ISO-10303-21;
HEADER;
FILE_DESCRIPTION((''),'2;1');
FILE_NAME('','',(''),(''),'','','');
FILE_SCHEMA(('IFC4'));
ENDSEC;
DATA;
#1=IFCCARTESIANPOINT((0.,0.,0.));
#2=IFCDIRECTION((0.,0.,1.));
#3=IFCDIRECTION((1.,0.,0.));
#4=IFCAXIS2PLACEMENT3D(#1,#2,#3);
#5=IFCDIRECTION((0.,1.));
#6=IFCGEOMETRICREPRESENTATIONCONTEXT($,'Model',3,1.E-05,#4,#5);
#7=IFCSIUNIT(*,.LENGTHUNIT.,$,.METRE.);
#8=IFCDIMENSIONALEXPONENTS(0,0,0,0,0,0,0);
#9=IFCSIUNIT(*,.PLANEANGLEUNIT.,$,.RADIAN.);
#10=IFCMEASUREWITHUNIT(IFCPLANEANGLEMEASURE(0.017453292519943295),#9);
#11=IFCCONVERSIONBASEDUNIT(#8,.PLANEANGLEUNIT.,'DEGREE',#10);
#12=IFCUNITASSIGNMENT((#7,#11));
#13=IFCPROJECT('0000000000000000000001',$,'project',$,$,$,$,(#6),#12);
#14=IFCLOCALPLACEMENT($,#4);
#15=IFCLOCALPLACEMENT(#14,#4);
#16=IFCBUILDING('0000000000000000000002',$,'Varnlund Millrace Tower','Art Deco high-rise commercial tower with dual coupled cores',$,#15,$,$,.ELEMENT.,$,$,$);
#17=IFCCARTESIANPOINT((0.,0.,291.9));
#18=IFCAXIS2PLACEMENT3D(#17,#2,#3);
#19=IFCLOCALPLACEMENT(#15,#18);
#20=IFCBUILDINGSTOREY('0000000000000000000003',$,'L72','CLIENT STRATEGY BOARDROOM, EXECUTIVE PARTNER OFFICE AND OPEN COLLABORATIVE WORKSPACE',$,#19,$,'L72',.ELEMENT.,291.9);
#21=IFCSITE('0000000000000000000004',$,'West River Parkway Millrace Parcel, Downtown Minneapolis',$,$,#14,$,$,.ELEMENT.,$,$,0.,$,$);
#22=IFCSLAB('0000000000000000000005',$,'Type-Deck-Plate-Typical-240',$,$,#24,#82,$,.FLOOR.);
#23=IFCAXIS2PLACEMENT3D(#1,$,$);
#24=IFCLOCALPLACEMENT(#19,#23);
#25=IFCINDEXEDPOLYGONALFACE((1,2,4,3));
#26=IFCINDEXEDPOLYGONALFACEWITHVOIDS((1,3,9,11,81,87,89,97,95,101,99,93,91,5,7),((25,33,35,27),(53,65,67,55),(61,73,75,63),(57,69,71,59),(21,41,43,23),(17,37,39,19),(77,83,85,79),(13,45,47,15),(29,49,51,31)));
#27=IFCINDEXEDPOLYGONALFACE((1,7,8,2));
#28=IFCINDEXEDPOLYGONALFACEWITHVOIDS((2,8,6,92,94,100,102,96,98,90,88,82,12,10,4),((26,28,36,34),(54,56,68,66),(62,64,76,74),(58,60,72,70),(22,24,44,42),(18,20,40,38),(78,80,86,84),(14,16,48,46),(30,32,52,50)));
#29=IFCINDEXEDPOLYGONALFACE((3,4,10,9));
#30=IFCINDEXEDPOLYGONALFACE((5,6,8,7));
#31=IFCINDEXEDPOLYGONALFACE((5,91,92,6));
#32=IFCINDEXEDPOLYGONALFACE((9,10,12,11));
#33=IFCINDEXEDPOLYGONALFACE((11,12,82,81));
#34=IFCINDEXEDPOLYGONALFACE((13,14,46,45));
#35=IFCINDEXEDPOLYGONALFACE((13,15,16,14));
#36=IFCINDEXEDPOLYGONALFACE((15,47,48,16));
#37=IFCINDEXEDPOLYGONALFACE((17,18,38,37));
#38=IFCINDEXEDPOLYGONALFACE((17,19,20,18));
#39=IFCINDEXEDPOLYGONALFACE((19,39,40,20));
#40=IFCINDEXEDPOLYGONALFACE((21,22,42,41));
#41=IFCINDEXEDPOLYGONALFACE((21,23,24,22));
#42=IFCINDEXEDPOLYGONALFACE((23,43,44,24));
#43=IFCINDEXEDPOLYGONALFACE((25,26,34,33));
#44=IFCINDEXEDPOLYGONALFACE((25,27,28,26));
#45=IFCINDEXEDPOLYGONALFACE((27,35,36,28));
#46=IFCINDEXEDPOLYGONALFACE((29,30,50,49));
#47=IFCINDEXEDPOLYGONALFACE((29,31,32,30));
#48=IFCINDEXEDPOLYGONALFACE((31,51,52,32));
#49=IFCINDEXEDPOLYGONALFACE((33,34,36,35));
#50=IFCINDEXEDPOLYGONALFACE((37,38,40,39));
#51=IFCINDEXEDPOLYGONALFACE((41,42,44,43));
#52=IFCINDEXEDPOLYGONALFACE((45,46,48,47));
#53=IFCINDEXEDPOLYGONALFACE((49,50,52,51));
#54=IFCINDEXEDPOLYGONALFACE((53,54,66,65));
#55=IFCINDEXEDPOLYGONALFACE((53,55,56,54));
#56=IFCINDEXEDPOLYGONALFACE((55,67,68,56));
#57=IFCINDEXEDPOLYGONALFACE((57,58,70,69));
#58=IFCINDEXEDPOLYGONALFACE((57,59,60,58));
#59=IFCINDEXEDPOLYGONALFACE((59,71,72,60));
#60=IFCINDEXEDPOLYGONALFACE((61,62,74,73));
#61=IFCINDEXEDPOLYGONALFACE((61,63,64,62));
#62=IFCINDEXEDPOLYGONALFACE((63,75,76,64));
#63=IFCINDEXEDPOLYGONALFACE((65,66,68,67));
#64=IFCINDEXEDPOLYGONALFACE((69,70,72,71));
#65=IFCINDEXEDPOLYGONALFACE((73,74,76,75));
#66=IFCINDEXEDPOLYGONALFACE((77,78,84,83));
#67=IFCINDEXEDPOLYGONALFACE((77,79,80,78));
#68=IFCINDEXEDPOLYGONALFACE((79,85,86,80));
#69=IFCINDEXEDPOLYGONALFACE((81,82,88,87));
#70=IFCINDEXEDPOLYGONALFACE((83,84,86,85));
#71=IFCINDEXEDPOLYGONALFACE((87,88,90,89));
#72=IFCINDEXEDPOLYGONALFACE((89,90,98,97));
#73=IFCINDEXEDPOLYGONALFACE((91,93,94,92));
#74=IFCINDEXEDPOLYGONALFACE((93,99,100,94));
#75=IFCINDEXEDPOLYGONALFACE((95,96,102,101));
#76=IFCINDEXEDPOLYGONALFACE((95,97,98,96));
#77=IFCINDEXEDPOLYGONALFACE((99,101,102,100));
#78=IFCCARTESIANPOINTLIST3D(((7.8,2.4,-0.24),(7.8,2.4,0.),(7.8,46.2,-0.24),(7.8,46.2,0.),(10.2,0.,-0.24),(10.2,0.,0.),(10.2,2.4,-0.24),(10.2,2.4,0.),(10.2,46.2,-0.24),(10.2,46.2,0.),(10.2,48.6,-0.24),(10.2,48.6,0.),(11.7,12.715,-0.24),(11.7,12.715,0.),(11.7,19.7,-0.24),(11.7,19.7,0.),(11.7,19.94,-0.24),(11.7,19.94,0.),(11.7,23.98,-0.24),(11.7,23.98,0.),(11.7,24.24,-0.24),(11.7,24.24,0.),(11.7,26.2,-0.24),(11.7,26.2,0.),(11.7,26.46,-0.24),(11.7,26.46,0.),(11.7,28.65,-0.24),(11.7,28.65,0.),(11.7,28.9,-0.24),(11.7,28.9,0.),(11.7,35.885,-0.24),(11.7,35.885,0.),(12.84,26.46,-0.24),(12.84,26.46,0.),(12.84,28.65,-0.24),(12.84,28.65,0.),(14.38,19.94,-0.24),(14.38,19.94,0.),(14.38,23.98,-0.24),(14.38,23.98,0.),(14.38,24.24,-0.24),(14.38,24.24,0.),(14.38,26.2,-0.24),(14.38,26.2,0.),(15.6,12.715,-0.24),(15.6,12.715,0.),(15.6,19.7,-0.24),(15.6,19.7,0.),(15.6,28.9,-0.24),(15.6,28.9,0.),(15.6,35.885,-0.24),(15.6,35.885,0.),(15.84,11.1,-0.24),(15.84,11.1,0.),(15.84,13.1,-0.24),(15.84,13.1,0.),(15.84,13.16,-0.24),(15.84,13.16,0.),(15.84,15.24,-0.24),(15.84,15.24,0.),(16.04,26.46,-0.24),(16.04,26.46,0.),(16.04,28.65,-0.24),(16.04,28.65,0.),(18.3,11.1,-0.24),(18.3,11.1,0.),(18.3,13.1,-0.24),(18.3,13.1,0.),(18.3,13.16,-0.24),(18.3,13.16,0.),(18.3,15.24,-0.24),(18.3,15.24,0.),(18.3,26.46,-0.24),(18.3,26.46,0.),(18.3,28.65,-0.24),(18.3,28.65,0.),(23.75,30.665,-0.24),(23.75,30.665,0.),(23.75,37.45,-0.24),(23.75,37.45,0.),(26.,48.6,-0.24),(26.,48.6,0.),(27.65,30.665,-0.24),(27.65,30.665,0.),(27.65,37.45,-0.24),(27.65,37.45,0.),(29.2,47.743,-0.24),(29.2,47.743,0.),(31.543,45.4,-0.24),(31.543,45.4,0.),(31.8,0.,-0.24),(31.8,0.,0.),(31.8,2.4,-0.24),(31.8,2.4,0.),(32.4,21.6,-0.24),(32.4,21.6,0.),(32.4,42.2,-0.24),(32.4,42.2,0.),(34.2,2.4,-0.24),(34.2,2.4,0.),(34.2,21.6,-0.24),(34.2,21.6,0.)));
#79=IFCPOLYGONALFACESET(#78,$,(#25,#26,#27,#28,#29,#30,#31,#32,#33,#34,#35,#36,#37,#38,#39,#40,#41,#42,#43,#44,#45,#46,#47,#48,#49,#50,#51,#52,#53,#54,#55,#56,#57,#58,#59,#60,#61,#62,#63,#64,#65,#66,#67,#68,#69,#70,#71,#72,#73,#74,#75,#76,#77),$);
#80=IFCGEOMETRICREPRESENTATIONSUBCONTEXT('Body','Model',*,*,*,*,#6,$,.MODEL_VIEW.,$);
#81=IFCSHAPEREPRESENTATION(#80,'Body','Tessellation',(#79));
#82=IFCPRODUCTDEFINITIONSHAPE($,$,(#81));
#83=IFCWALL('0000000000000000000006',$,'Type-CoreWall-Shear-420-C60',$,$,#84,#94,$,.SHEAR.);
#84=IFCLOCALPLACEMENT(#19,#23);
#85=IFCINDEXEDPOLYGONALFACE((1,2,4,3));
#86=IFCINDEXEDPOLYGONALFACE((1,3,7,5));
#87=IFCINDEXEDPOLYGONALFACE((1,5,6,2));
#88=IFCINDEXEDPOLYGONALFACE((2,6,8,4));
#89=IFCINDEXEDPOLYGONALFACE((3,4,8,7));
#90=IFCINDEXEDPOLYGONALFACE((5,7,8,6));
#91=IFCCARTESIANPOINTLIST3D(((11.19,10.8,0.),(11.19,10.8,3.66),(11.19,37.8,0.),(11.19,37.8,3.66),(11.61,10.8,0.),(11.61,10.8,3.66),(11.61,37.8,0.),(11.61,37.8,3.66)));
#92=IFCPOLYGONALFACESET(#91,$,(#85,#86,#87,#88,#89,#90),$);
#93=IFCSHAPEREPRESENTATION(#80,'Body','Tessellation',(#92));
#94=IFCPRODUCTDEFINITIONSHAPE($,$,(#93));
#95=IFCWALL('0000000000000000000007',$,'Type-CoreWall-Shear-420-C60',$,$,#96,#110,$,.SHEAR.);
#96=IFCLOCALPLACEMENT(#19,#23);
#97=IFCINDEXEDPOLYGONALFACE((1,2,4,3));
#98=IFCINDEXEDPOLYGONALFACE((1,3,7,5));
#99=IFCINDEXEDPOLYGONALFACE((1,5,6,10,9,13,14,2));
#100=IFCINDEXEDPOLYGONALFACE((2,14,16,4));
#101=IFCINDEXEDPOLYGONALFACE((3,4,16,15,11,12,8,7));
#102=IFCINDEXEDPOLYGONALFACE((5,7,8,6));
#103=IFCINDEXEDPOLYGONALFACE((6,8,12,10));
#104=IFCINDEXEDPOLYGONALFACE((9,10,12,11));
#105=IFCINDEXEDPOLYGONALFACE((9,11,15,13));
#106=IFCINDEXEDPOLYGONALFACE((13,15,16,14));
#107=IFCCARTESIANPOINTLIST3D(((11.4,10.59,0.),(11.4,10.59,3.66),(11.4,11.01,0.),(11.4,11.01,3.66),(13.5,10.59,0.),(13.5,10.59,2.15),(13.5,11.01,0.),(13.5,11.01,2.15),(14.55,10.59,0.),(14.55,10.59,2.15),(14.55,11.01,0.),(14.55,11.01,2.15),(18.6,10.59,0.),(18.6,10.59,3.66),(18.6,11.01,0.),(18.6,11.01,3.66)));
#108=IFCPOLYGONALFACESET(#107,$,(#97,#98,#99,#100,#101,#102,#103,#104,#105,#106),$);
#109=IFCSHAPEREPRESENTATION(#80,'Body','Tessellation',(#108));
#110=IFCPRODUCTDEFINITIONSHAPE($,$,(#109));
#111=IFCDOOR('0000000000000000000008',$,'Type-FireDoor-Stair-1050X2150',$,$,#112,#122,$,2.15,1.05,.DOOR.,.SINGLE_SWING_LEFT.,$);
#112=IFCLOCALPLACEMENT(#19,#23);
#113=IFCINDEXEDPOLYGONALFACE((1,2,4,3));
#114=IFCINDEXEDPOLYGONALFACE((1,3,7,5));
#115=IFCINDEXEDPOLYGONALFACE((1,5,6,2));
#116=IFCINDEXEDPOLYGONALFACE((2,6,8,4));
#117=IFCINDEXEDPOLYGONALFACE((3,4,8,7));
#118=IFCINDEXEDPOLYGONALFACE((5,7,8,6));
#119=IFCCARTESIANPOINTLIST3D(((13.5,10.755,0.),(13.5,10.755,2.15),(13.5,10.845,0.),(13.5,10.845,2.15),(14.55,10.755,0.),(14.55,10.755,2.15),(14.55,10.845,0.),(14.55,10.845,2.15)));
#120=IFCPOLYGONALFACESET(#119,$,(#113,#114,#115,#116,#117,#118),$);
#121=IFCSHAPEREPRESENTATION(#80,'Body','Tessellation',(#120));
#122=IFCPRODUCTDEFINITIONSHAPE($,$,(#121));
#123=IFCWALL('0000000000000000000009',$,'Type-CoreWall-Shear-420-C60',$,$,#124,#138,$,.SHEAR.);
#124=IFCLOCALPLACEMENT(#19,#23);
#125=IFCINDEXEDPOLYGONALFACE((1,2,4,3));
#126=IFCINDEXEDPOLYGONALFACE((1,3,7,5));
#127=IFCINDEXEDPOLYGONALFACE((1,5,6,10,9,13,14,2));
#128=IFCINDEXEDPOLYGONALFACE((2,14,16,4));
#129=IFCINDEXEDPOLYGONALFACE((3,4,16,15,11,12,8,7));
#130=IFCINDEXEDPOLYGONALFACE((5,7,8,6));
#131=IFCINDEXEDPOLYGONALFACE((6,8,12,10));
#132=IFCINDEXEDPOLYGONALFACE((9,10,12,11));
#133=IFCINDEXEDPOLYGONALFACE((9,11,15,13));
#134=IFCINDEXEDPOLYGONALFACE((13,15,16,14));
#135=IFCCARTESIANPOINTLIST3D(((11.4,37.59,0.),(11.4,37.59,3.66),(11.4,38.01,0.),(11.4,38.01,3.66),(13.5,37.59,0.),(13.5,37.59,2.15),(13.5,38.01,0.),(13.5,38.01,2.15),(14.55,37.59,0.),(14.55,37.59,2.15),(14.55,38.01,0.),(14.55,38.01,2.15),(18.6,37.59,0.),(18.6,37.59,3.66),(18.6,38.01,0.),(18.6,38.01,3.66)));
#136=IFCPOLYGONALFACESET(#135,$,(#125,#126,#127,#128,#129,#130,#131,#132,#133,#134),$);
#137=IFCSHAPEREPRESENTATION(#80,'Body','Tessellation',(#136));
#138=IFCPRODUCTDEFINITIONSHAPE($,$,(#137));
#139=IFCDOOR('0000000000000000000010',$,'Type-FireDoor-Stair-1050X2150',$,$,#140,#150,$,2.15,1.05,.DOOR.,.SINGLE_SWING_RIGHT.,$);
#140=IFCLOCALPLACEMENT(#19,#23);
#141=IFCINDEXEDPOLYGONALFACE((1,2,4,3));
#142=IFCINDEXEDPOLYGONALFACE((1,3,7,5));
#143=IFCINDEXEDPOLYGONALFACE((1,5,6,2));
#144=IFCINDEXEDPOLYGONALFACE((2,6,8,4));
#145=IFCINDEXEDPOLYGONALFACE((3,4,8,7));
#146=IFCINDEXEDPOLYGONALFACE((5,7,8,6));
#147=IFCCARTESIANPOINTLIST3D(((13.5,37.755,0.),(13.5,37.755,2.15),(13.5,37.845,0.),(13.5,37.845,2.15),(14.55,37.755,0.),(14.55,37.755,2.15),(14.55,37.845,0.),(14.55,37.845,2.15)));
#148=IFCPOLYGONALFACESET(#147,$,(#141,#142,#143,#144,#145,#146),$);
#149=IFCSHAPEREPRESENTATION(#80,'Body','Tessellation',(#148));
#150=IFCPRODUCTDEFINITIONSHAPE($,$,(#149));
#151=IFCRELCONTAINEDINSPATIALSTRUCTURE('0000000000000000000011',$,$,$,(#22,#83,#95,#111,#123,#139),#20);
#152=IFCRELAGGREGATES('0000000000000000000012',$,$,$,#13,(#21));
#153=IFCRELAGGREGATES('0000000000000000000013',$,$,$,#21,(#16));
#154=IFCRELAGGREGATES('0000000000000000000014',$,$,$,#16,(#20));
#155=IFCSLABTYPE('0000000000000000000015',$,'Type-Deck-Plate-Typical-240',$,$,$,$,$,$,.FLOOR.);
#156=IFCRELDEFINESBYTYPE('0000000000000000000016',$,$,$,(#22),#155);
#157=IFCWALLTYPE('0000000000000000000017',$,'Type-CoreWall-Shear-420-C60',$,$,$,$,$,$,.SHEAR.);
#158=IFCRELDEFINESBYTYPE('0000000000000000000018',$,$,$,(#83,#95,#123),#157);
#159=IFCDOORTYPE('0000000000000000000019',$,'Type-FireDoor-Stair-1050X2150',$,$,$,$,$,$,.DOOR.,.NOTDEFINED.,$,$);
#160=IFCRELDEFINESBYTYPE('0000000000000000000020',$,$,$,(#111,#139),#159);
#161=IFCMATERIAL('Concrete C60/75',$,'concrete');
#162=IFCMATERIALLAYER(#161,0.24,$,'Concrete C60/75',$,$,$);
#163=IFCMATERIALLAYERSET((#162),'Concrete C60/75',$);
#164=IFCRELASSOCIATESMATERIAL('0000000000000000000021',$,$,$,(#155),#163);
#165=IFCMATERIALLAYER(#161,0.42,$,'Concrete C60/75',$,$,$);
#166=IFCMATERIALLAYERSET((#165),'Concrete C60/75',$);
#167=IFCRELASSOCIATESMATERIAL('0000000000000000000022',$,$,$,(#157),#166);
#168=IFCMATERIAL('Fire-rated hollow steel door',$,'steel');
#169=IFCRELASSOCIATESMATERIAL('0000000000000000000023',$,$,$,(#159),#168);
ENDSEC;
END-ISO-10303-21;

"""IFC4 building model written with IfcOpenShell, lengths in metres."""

from ifc_helpers import new_model, entity, si_unit, converted_unit, direction, frame, origin_with_axes, origin_2d_with_axis, place, context, subcontext, project, spatial, polyline, rectangle, outline, extrude, material, layer, layer_set, type_object, element, fill, save


model = new_model("IFC4")

# Units and contexts
model_context = context("Model", 3, precision=1e-05, world=origin_with_axes(), true_north=direction((0.0, 1.0)))
body_context = subcontext(model_context, "Body", "Model", "MODEL_VIEW")
ifc_project = project(units=[si_unit("LENGTHUNIT", "METRE"), converted_unit("PLANEANGLEUNIT", "DEGREE", entity("IfcPlaneAngleMeasure", 0.017453292519943295), si_unit("PLANEANGLEUNIT", "RADIAN"), dimensions=[0, 0, 0, 0, 0, 0, 0])], contexts=[model_context])

# Site, building, storey
site_placement = place(None, origin_with_axes())
site = spatial("IfcSite", under=ifc_project, at=site_placement, Name="West River Parkway Millrace Parcel, Downtown Minneapolis", CompositionType="ELEMENT", RefElevation=0.0)
building_placement = place(site_placement, origin_with_axes())
building = spatial("IfcBuilding", under=site, at=building_placement, Name="Varnlund Millrace Tower", Description="Art Deco high-rise commercial tower with dual coupled cores", CompositionType="ELEMENT")
storey_placement = place(building_placement, frame((0.0, 0.0, 291.9), z_axis=(0.0, 0.0, 1.0), x_axis=(1.0, 0.0, 0.0)))
storey = spatial("IfcBuildingStorey", under=building, at=storey_placement, Name="L72", Description="CLIENT STRATEGY BOARDROOM, EXECUTIVE PARTNER OFFICE AND OPEN COLLABORATIVE WORKSPACE", LongName="L72", CompositionType="ELEMENT", Elevation=291.9)

# Slab
ifc_material_1 = material(Name="Concrete C60/75", Category="concrete")
ifc_layer_1 = layer(ifc_material_1, 0.24, Name="Concrete C60/75")
ifc_layer_set_1 = layer_set([ifc_layer_1], Name="Concrete C60/75")
slab_type = type_object("IfcSlabType", Name="Type-Deck-Plate-Typical-240", PredefinedType="FLOOR", material=ifc_layer_set_1)
slab_placement = place(storey_placement, frame((0.0, 0.0, -0.24), z_axis=(0.0, 0.0, 1.0), x_axis=(1.0, 0.0, 0.0)))
element("IfcSlab", 1, at=slab_placement, inside=storey, type_object=slab_type, Name="Type-Deck-Plate-Typical-240", PredefinedType="FLOOR", context=body_context, shape_type="SweptSolid", body=[
    extrude(outline(polyline([(34.2, 21.6), (32.4, 21.6), (32.4, 42.2), (31.543, 45.4), (29.2, 47.743), (26.0, 48.6), (10.2, 48.6), (10.2, 46.2), (7.8, 46.2), (7.8, 2.4), (10.2, 2.4), (10.2, 0.0), (31.8, 0.0), (31.8, 2.4), (34.2, 2.4), (34.2, 21.6)]), holes=[polyline([(18.3, 13.1), (18.3, 11.1), (15.84, 11.1), (15.84, 13.1), (18.3, 13.1)]), polyline([(18.3, 15.24), (18.3, 13.16), (15.84, 13.16), (15.84, 15.24), (18.3, 15.24)]), polyline([(15.6, 19.7), (15.6, 12.715), (11.7, 12.715), (11.7, 19.7), (15.6, 19.7)]), polyline([(11.7, 23.98), (14.38, 23.98), (14.38, 19.94), (11.7, 19.94), (11.7, 23.98)]), polyline([(14.38, 26.2), (14.38, 24.24), (11.7, 24.24), (11.7, 26.2), (14.38, 26.2)]), polyline([(12.84, 28.65), (12.84, 26.46), (11.7, 26.46), (11.7, 28.65), (12.84, 28.65)]), polyline([(18.3, 28.65), (18.3, 26.46), (16.04, 26.46), (16.04, 28.65), (18.3, 28.65)]), polyline([(15.6, 28.9), (11.7, 28.9), (11.7, 35.885), (15.6, 35.885), (15.6, 28.9)]), polyline([(27.65, 30.665), (23.75, 30.665), (23.75, 37.45), (27.65, 37.45), (27.65, 30.665)])]), origin_with_axes(), (0.0, 0.0, 1.0), 0.24),
])

# Wall
ifc_layer_2 = layer(ifc_material_1, 0.42, Name="Concrete C60/75")
ifc_layer_set_2 = layer_set([ifc_layer_2], Name="Concrete C60/75")
wall_type_1 = type_object("IfcWallType", Name="Type-CoreWall-Shear-420-C60", PredefinedType="SHEAR", material=ifc_layer_set_2)
wall_1_placement = place(storey_placement, frame((11.4, 10.8, 0.0), z_axis=(0.0, 0.0, 1.0), x_axis=(0.0, 1.0, 0.0)))
element("IfcWall", 2, at=wall_1_placement, inside=storey, type_object=wall_type_1, Name="Type-CoreWall-Shear-420-C60", PredefinedType="SHEAR", context=body_context, shape_type="SweptSolid", body=[
    extrude(outline(polyline([(0.0, -0.21), (27.0, -0.21), (27.0, 0.21), (0.0, 0.21), (0.0, -0.21)])), origin_with_axes(), (0.0, 0.0, 1.0), 3.66),
])

# Walls, openings, doors
wall_2_placement = place(storey_placement, frame((11.4, 10.8, 0.0), z_axis=(0.0, 0.0, 1.0), x_axis=(1.0, 0.0, 0.0)))
wall_2 = element("IfcWall", 3, at=wall_2_placement, inside=storey, type_object=wall_type_1, Name="Type-CoreWall-Shear-420-C60", PredefinedType="SHEAR", context=body_context, shape_type="SweptSolid", body=[
    extrude(outline(polyline([(0.0, -0.21), (7.2, -0.21), (7.2, 0.21), (0.0, 0.21), (0.0, -0.21)])), origin_with_axes(), (0.0, 0.0, 1.0), 3.66),
])
opening_1_placement = place(wall_2_placement, frame((2.625, 0.0, 0.0), z_axis=(0.0, 0.0, 1.0), x_axis=(1.0, 0.0, 0.0)))
opening_1 = element("IfcOpeningElement", 4, at=opening_1_placement, cuts=wall_2, PredefinedType="OPENING", context=body_context, shape_type="SweptSolid", body=[
    extrude(rectangle(XDim=1.05, YDim=0.44, at=origin_2d_with_axis()), origin_with_axes(), (0.0, 0.0, 1.0), 2.15),
])
ifc_material_2 = material(Name="Fire-rated hollow steel door", Category="steel")
door_type_1 = type_object("IfcDoorType", Name="Type-FireDoor-Stair-1050X2150", OperationType="NOTDEFINED", PredefinedType="DOOR", material=ifc_material_2)
door_1_placement = place(wall_2_placement, frame((2.625, 0.0, 0.0), z_axis=(0.0, 0.0, 1.0), x_axis=(1.0, 0.0, 0.0)))
door_1 = element("IfcDoor", 5, at=door_1_placement, inside=storey, type_object=door_type_1, Name="Type-FireDoor-Stair-1050X2150", OperationType="SINGLE_SWING_LEFT", OverallHeight=2.15, OverallWidth=1.05, PredefinedType="DOOR", context=body_context, shape_type="SweptSolid", body=[
    extrude(rectangle(XDim=1.05, YDim=0.09, at=origin_2d_with_axis()), origin_with_axes(), (0.0, 0.0, 1.0), 2.15),
])
fill(opening_1, door_1)
wall_3_placement = place(storey_placement, frame((11.4, 37.8, 0.0), z_axis=(0.0, 0.0, 1.0), x_axis=(1.0, 0.0, 0.0)))
wall_3 = element("IfcWall", 6, at=wall_3_placement, inside=storey, type_object=wall_type_1, Name="Type-CoreWall-Shear-420-C60", PredefinedType="SHEAR", context=body_context, shape_type="SweptSolid", body=[
    extrude(outline(polyline([(0.0, -0.21), (7.2, -0.21), (7.2, 0.21), (0.0, 0.21), (0.0, -0.21)])), origin_with_axes(), (0.0, 0.0, 1.0), 3.66),
])
opening_2_placement = place(wall_3_placement, frame((2.625, 0.0, 0.0), z_axis=(0.0, 0.0, 1.0), x_axis=(1.0, 0.0, 0.0)))
opening_2 = element("IfcOpeningElement", 7, at=opening_2_placement, cuts=wall_3, PredefinedType="OPENING", context=body_context, shape_type="SweptSolid", body=[
    extrude(rectangle(XDim=1.05, YDim=0.44, at=origin_2d_with_axis()), origin_with_axes(), (0.0, 0.0, 1.0), 2.15),
])
door_2_placement = place(wall_3_placement, frame((2.625, 0.0, 0.0), z_axis=(0.0, 0.0, 1.0), x_axis=(1.0, 0.0, 0.0)))
door_2 = element("IfcDoor", 8, at=door_2_placement, inside=storey, type_object=door_type_1, Name="Type-FireDoor-Stair-1050X2150", OperationType="SINGLE_SWING_RIGHT", OverallHeight=2.15, OverallWidth=1.05, PredefinedType="DOOR", context=body_context, shape_type="SweptSolid", body=[
    extrude(rectangle(XDim=1.05, YDim=0.09, at=origin_2d_with_axis()), origin_with_axes(), (0.0, 0.0, 1.0), 2.15),
])
fill(opening_2, door_2)

save(model, "model.ifc")
